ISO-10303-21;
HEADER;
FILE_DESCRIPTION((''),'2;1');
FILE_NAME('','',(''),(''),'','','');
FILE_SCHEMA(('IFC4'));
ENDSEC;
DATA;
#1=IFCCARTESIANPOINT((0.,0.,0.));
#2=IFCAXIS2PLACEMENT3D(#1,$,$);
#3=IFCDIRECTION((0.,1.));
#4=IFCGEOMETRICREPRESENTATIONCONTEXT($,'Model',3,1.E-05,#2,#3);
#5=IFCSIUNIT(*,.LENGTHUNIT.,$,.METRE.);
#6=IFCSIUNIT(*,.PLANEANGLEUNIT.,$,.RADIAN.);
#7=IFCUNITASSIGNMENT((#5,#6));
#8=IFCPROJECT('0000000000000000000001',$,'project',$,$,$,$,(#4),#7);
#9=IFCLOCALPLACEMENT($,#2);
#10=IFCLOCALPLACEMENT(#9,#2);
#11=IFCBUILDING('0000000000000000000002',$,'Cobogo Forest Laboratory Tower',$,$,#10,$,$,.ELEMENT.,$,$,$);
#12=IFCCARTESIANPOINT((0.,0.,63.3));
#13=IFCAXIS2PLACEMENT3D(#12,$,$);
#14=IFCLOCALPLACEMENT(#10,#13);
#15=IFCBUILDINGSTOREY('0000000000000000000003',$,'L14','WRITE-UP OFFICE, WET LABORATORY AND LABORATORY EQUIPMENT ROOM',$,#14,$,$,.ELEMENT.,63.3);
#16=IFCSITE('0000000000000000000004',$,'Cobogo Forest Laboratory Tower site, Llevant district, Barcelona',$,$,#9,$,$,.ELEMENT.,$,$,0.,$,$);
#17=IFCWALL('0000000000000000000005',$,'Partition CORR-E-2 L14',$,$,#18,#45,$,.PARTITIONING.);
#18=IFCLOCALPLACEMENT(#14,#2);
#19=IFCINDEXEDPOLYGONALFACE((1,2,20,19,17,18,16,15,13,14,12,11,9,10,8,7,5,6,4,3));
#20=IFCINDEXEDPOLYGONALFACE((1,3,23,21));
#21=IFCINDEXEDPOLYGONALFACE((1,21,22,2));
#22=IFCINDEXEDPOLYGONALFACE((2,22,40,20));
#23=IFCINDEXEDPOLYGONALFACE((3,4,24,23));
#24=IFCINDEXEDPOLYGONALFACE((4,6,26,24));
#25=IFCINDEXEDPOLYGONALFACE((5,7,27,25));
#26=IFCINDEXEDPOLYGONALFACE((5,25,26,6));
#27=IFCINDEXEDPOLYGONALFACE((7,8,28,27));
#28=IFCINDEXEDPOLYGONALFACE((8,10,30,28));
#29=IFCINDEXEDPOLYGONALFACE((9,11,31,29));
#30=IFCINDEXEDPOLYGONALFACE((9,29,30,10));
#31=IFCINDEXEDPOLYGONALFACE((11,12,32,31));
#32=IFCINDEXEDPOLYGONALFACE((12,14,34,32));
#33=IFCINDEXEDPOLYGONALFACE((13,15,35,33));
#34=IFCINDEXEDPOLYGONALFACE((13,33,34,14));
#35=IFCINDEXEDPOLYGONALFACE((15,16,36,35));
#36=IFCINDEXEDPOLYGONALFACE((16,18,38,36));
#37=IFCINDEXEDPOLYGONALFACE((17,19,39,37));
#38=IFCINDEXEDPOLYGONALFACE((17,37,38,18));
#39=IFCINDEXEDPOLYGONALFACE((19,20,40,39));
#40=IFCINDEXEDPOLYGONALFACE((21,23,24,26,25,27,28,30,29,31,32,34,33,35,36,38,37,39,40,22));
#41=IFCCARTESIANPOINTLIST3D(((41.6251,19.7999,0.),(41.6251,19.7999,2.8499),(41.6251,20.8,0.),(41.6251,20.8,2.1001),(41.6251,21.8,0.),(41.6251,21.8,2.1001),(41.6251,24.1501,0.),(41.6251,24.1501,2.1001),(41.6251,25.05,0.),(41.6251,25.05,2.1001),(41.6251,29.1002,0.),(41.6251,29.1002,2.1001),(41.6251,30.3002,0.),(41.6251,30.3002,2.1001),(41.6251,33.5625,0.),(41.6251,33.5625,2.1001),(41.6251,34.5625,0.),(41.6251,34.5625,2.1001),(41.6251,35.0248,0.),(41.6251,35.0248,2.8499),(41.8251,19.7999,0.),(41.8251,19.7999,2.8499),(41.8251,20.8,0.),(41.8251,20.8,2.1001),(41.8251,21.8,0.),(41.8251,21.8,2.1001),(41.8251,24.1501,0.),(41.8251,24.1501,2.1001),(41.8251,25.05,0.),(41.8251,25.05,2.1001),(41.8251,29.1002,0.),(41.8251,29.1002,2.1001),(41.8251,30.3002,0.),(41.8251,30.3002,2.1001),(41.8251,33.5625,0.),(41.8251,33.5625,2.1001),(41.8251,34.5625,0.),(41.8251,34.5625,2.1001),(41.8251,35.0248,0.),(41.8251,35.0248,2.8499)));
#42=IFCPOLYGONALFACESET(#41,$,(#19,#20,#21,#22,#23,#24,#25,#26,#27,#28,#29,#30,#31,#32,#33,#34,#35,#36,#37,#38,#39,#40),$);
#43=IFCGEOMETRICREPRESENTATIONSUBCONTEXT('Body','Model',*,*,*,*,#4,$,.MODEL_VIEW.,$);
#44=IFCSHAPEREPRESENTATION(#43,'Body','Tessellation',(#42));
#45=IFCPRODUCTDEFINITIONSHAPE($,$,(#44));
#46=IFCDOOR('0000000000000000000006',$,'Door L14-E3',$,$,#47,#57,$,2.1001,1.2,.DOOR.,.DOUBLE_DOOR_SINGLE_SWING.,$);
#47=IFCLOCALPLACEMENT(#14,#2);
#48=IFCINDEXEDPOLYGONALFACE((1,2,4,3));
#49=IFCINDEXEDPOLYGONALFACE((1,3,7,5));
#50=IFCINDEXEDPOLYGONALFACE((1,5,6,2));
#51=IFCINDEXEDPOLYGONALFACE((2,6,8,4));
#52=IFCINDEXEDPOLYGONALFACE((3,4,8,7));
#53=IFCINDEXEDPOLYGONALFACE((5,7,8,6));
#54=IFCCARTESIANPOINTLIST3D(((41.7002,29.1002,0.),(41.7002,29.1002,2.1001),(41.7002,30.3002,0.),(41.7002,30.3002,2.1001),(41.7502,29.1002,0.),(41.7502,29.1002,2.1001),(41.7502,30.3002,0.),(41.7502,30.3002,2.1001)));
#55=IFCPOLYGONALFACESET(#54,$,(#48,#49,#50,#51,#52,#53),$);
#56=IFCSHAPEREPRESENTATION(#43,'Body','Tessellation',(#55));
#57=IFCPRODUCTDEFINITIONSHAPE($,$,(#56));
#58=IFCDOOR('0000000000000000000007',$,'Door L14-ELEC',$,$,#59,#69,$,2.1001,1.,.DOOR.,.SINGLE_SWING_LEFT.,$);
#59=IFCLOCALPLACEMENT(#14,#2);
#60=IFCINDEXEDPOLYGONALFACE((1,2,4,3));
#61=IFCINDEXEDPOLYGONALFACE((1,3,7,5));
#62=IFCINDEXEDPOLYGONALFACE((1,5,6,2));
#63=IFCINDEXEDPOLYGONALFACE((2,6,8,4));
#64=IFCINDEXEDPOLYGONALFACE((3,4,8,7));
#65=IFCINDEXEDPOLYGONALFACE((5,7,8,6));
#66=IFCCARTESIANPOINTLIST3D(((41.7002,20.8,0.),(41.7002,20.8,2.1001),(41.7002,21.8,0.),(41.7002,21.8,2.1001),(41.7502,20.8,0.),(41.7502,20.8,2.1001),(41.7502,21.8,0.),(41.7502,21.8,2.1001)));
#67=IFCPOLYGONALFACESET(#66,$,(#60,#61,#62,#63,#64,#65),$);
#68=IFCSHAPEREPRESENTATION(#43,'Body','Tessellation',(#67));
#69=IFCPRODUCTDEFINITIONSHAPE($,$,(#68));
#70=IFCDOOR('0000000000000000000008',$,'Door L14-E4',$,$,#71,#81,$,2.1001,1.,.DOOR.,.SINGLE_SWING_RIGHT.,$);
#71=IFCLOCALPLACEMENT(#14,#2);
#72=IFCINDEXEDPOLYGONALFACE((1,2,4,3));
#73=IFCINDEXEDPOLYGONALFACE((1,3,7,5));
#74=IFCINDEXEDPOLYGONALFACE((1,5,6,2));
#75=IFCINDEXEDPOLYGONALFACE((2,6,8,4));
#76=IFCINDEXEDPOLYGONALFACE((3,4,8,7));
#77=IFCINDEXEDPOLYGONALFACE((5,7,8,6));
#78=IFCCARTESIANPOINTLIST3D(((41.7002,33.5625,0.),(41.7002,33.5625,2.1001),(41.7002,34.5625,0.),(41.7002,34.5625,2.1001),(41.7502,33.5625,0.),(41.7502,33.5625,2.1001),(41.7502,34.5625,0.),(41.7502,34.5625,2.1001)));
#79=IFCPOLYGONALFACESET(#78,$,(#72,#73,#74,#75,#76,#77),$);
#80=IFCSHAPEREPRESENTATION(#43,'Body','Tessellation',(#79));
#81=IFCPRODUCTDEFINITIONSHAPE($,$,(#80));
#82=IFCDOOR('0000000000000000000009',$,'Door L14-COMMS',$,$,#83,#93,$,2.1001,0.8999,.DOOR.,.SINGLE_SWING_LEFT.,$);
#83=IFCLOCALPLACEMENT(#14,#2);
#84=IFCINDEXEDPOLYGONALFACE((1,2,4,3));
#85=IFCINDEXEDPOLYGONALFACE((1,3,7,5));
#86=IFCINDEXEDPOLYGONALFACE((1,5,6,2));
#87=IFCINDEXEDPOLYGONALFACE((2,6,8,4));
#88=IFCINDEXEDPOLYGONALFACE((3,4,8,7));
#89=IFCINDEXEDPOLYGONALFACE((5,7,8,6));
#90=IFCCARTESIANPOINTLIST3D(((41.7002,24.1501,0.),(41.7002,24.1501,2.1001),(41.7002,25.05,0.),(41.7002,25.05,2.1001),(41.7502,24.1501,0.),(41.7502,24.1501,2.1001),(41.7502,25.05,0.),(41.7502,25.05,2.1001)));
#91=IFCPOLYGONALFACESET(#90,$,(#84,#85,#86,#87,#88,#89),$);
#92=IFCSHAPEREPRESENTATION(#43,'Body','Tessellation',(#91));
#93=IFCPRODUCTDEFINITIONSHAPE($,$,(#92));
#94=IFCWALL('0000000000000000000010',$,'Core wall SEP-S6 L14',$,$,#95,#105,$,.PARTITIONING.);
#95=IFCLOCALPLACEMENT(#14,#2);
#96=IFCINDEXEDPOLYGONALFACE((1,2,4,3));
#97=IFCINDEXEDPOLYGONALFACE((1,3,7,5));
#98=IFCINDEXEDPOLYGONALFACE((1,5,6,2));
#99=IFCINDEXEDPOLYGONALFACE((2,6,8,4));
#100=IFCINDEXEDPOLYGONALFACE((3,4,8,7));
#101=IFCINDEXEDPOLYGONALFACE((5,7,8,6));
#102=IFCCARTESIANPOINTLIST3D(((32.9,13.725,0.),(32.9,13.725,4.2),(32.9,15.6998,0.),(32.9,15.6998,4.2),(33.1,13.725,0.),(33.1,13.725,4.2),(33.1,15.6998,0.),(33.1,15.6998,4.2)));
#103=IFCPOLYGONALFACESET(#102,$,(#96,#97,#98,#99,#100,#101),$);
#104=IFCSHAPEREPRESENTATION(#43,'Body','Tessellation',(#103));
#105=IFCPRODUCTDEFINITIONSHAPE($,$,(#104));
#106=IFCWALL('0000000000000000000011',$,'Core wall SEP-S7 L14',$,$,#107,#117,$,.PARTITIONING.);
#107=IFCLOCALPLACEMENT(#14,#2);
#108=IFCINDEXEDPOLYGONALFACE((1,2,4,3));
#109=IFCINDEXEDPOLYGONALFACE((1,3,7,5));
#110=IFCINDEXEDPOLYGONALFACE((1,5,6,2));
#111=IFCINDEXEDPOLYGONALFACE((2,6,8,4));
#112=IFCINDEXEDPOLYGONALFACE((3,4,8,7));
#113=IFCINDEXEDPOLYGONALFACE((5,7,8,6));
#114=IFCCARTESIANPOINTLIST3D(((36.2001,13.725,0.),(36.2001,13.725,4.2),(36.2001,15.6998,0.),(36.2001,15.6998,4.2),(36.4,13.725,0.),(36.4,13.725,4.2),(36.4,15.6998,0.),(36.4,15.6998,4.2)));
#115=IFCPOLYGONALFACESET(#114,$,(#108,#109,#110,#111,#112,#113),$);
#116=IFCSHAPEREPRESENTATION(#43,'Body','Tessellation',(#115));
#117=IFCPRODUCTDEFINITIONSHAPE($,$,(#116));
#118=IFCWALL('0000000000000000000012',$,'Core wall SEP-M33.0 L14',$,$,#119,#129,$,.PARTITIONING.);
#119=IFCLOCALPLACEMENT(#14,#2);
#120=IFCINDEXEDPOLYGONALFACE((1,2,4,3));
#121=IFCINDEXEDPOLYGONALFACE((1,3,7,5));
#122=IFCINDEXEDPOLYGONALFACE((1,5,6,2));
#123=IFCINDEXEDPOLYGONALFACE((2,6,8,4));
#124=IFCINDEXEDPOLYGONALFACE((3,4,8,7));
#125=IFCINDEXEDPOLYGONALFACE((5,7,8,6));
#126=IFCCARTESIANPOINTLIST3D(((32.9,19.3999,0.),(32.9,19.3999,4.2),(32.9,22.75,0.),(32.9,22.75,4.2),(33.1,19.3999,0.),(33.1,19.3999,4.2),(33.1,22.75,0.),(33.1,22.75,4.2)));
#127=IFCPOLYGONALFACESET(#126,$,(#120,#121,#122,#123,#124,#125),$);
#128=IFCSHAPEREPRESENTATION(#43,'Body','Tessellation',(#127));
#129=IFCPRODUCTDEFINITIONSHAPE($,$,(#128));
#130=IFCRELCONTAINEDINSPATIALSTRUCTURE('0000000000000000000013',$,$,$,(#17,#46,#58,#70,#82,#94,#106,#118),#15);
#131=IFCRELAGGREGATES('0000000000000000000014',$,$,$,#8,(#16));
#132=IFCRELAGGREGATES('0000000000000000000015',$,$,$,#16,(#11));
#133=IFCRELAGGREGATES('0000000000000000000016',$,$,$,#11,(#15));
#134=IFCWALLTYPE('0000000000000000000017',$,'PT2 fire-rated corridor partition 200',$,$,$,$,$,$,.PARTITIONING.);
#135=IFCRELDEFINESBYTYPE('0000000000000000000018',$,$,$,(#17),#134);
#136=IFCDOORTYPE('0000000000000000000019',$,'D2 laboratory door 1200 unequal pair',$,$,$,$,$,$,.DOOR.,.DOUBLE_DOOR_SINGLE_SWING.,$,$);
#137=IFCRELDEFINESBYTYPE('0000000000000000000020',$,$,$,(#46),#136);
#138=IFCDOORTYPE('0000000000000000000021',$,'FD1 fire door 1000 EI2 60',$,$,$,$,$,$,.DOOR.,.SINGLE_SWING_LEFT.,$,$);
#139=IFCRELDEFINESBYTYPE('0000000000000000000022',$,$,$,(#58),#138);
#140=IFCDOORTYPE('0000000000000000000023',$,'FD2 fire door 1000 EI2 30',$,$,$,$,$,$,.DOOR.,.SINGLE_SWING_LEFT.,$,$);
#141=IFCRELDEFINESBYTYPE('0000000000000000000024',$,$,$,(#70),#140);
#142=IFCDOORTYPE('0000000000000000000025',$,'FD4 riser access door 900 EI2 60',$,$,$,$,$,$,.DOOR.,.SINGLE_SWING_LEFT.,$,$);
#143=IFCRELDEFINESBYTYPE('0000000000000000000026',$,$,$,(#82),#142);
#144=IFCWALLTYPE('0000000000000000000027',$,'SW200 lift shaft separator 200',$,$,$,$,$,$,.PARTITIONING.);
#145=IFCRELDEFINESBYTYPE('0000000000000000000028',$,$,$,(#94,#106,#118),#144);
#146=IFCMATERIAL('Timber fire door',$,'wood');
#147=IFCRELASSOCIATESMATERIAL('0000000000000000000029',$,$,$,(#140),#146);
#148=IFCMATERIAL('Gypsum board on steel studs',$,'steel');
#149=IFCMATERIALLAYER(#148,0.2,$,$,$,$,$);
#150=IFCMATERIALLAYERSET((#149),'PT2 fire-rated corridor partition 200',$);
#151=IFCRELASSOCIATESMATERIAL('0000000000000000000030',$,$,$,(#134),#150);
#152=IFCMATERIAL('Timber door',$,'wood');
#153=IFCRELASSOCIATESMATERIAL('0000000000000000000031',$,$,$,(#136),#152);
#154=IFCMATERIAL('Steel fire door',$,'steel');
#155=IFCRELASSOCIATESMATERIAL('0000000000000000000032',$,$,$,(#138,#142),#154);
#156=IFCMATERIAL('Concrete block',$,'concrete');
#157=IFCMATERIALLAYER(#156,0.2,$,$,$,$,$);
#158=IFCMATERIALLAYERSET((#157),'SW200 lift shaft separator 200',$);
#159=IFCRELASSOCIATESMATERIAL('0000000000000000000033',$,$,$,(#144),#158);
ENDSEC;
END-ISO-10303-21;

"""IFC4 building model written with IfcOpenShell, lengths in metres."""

from ifc_helpers import new_model, si_unit, direction, frame, frame_2d, origin, place, context, subcontext, project, spatial, rectangle, extrude, material, layer, layer_set, type_object, element, fill, save


model = new_model("IFC4")

# Units and contexts
model_context = context("Model", 3, precision=1e-05, world=origin(), true_north=direction((0.0, 1.0)))
body_context = subcontext(model_context, "Body", "Model", "MODEL_VIEW")
ifc_project = project(units=[si_unit("LENGTHUNIT", "METRE"), si_unit("PLANEANGLEUNIT", "RADIAN")], contexts=[model_context])

# Site, building, storey
site_placement = place(None, origin())
site = spatial("IfcSite", under=ifc_project, at=site_placement, Name="Cobogo Forest Laboratory Tower site, Llevant district, Barcelona", CompositionType="ELEMENT", RefElevation=0.0)
building_placement = place(site_placement, origin())
building = spatial("IfcBuilding", under=site, at=building_placement, Name="Cobogo Forest Laboratory Tower", CompositionType="ELEMENT")
storey_placement = place(building_placement, frame((0.0, 0.0, 63.3)))
storey = spatial("IfcBuildingStorey", under=building, at=storey_placement, Name="L14", Description="WRITE-UP OFFICE, WET LABORATORY AND LABORATORY EQUIPMENT ROOM", CompositionType="ELEMENT", Elevation=63.3)

# Shared definitions
ifc_material_1 = material(Name="Steel fire door", Category="steel")

# Shared definitions
ifc_material_2 = material(Name="Gypsum board on steel studs", Category="steel")

# Shared definitions
ifc_material_3 = material(Name="Timber fire door", Category="wood")
door_type_1 = type_object("IfcDoorType", Name="FD2 fire door 1000 EI2 30", OperationType="SINGLE_SWING_LEFT", PredefinedType="DOOR", material=ifc_material_3)

# Shared definitions
ifc_layer_1 = layer(ifc_material_2, 0.2)
ifc_layer_set_1 = layer_set([ifc_layer_1], Name="PT2 fire-rated corridor partition 200")
wall_type_1 = type_object("IfcWallType", Name="PT2 fire-rated corridor partition 200", PredefinedType="PARTITIONING", material=ifc_layer_set_1)

# Wall, openings, doors
wall_1_placement = place(storey_placement, frame((41.7251, 19.8, 0.0), z_axis=(0.0, 0.0, 1.0), x_axis=(0.0, 1.0, 0.0)))
wall_1 = element("IfcWall", 1, at=wall_1_placement, inside=storey, type_object=wall_type_1, Name="Partition CORR-E-2 L14", PredefinedType="PARTITIONING", context=body_context, shape_type="SweptSolid", body=[
    extrude(rectangle(XDim=15.2249, YDim=0.2, at=frame_2d((7.6123, 0.0))), origin(), (0.0, 0.0, 1.0), 2.8499),
])
opening_1_placement = place(wall_1_placement, frame((1.0, 0.0, 0.0)))
opening_1 = element("IfcOpeningElement", 2, at=opening_1_placement, cuts=wall_1, PredefinedType="OPENING", context=body_context, shape_type="SweptSolid", body=[
    extrude(rectangle(XDim=1.0, YDim=2.1001, at=frame_2d((0.5, 1.05))), frame((0.0, 0.1099, 0.0), z_axis=(0.0, -1.0, 0.0), x_axis=(1.0, 0.0, 0.0)), (0.0, 0.0, 1.0), 0.22),
])
opening_2_placement = place(wall_1_placement, frame((4.3501, 0.0, 0.0)))
opening_2 = element("IfcOpeningElement", 3, at=opening_2_placement, cuts=wall_1, PredefinedType="OPENING", context=body_context, shape_type="SweptSolid", body=[
    extrude(rectangle(XDim=0.8999, YDim=2.1001, at=frame_2d((0.45, 1.05))), frame((0.0, 0.1099, 0.0), z_axis=(0.0, -1.0, 0.0), x_axis=(1.0, 0.0, 0.0)), (0.0, 0.0, 1.0), 0.22),
])
opening_3_placement = place(wall_1_placement, frame((9.3, 0.0, 0.0)))
opening_3 = element("IfcOpeningElement", 4, at=opening_3_placement, cuts=wall_1, PredefinedType="OPENING", context=body_context, shape_type="SweptSolid", body=[
    extrude(rectangle(XDim=1.2, YDim=2.1001, at=frame_2d((0.6001, 1.05))), frame((0.0, 0.1099, 0.0), z_axis=(0.0, -1.0, 0.0), x_axis=(1.0, 0.0, 0.0)), (0.0, 0.0, 1.0), 0.22),
])
opening_4_placement = place(wall_1_placement, frame((13.7625, 0.0, 0.0)))
opening_4 = element("IfcOpeningElement", 5, at=opening_4_placement, cuts=wall_1, PredefinedType="OPENING", context=body_context, shape_type="SweptSolid", body=[
    extrude(rectangle(XDim=1.0, YDim=2.1001, at=frame_2d((0.5, 1.05))), frame((0.0, 0.1099, 0.0), z_axis=(0.0, -1.0, 0.0), x_axis=(1.0, 0.0, 0.0)), (0.0, 0.0, 1.0), 0.22),
])
ifc_material_4 = material(Name="Timber door", Category="wood")
door_type_2 = type_object("IfcDoorType", Name="D2 laboratory door 1200 unequal pair", OperationType="DOUBLE_DOOR_SINGLE_SWING", PredefinedType="DOOR", material=ifc_material_4)
door_1_placement = place(opening_3_placement, origin())
door_1 = element("IfcDoor", 6, at=door_1_placement, inside=storey, type_object=door_type_2, Name="Door L14-E3", OperationType="DOUBLE_DOOR_SINGLE_SWING", OverallHeight=2.1001, OverallWidth=1.2, PredefinedType="DOOR", context=body_context, shape_type="SweptSolid", body=[
    extrude(rectangle(XDim=1.2, YDim=2.1001, at=frame_2d((0.6001, 1.05))), frame((0.0, 0.0249, 0.0), z_axis=(0.0, -1.0, 0.0), x_axis=(1.0, 0.0, 0.0)), (0.0, 0.0, 1.0), 0.05),
])
fill(opening_3, door_1)
door_type_3 = type_object("IfcDoorType", Name="FD1 fire door 1000 EI2 60", OperationType="SINGLE_SWING_LEFT", PredefinedType="DOOR", material=ifc_material_1)
door_2_placement = place(opening_1_placement, origin())
door_2 = element("IfcDoor", 7, at=door_2_placement, inside=storey, type_object=door_type_3, Name="Door L14-ELEC", OperationType="SINGLE_SWING_LEFT", OverallHeight=2.1001, OverallWidth=1.0, PredefinedType="DOOR", context=body_context, shape_type="SweptSolid", body=[
    extrude(rectangle(XDim=1.0, YDim=2.1001, at=frame_2d((0.5, 1.05))), frame((0.0, 0.0249, 0.0), z_axis=(0.0, -1.0, 0.0), x_axis=(1.0, 0.0, 0.0)), (0.0, 0.0, 1.0), 0.05),
])
fill(opening_1, door_2)
door_3_placement = place(opening_4_placement, origin())
door_3 = element("IfcDoor", 8, at=door_3_placement, inside=storey, type_object=door_type_1, Name="Door L14-E4", OperationType="SINGLE_SWING_RIGHT", OverallHeight=2.1001, OverallWidth=1.0, PredefinedType="DOOR", context=body_context, shape_type="SweptSolid", body=[
    extrude(rectangle(XDim=1.0, YDim=2.1001, at=frame_2d((0.5, 1.05))), frame((0.0, 0.0249, 0.0), z_axis=(0.0, -1.0, 0.0), x_axis=(1.0, 0.0, 0.0)), (0.0, 0.0, 1.0), 0.05),
])
fill(opening_4, door_3)
door_type_4 = type_object("IfcDoorType", Name="FD4 riser access door 900 EI2 60", OperationType="SINGLE_SWING_LEFT", PredefinedType="DOOR", material=ifc_material_1)
door_4_placement = place(opening_2_placement, origin())
door_4 = element("IfcDoor", 9, at=door_4_placement, inside=storey, type_object=door_type_4, Name="Door L14-COMMS", OperationType="SINGLE_SWING_LEFT", OverallHeight=2.1001, OverallWidth=0.8999, PredefinedType="DOOR", context=body_context, shape_type="SweptSolid", body=[
    extrude(rectangle(XDim=0.8999, YDim=2.1001, at=frame_2d((0.45, 1.05))), frame((0.0, 0.0249, 0.0), z_axis=(0.0, -1.0, 0.0), x_axis=(1.0, 0.0, 0.0)), (0.0, 0.0, 1.0), 0.05),
])
fill(opening_2, door_4)

# Walls
ifc_material_5 = material(Name="Concrete block", Category="concrete")
ifc_layer_2 = layer(ifc_material_5, 0.2)
ifc_layer_set_2 = layer_set([ifc_layer_2], Name="SW200 lift shaft separator 200")
wall_type_2 = type_object("IfcWallType", Name="SW200 lift shaft separator 200", PredefinedType="PARTITIONING", material=ifc_layer_set_2)
for number, where, z_axis, x_axis, name in (
    (10, (33.0, 13.7251, 0.0), (0.0, 0.0, 1.0), (0.0, 1.0, 0.0), "Core wall SEP-S6 L14"),
    (11, (36.3, 13.7251, 0.0), (0.0, 0.0, 1.0), (0.0, 1.0, 0.0), "Core wall SEP-S7 L14"),
):
    element("IfcWall", number, at=place(storey_placement, frame(where, z_axis=z_axis, x_axis=x_axis)), inside=storey, type_object=wall_type_2, Name=name, PredefinedType="PARTITIONING", context=body_context, shape_type="SweptSolid", body=[
        extrude(rectangle(XDim=1.9749, YDim=0.2, at=frame_2d((0.9873, 0.0))), origin(), (0.0, 0.0, 1.0), 4.2),
    ])
wall_2_placement = place(storey_placement, frame((33.0, 19.3999, 0.0), z_axis=(0.0, 0.0, 1.0), x_axis=(0.0, 1.0, 0.0)))
element("IfcWall", 12, at=wall_2_placement, inside=storey, type_object=wall_type_2, Name="Core wall SEP-M33.0 L14", PredefinedType="PARTITIONING", context=body_context, shape_type="SweptSolid", body=[
    extrude(rectangle(XDim=3.3501, YDim=0.2, at=frame_2d((1.675, 0.0))), origin(), (0.0, 0.0, 1.0), 4.2),
])

save(model, "model.ifc")
